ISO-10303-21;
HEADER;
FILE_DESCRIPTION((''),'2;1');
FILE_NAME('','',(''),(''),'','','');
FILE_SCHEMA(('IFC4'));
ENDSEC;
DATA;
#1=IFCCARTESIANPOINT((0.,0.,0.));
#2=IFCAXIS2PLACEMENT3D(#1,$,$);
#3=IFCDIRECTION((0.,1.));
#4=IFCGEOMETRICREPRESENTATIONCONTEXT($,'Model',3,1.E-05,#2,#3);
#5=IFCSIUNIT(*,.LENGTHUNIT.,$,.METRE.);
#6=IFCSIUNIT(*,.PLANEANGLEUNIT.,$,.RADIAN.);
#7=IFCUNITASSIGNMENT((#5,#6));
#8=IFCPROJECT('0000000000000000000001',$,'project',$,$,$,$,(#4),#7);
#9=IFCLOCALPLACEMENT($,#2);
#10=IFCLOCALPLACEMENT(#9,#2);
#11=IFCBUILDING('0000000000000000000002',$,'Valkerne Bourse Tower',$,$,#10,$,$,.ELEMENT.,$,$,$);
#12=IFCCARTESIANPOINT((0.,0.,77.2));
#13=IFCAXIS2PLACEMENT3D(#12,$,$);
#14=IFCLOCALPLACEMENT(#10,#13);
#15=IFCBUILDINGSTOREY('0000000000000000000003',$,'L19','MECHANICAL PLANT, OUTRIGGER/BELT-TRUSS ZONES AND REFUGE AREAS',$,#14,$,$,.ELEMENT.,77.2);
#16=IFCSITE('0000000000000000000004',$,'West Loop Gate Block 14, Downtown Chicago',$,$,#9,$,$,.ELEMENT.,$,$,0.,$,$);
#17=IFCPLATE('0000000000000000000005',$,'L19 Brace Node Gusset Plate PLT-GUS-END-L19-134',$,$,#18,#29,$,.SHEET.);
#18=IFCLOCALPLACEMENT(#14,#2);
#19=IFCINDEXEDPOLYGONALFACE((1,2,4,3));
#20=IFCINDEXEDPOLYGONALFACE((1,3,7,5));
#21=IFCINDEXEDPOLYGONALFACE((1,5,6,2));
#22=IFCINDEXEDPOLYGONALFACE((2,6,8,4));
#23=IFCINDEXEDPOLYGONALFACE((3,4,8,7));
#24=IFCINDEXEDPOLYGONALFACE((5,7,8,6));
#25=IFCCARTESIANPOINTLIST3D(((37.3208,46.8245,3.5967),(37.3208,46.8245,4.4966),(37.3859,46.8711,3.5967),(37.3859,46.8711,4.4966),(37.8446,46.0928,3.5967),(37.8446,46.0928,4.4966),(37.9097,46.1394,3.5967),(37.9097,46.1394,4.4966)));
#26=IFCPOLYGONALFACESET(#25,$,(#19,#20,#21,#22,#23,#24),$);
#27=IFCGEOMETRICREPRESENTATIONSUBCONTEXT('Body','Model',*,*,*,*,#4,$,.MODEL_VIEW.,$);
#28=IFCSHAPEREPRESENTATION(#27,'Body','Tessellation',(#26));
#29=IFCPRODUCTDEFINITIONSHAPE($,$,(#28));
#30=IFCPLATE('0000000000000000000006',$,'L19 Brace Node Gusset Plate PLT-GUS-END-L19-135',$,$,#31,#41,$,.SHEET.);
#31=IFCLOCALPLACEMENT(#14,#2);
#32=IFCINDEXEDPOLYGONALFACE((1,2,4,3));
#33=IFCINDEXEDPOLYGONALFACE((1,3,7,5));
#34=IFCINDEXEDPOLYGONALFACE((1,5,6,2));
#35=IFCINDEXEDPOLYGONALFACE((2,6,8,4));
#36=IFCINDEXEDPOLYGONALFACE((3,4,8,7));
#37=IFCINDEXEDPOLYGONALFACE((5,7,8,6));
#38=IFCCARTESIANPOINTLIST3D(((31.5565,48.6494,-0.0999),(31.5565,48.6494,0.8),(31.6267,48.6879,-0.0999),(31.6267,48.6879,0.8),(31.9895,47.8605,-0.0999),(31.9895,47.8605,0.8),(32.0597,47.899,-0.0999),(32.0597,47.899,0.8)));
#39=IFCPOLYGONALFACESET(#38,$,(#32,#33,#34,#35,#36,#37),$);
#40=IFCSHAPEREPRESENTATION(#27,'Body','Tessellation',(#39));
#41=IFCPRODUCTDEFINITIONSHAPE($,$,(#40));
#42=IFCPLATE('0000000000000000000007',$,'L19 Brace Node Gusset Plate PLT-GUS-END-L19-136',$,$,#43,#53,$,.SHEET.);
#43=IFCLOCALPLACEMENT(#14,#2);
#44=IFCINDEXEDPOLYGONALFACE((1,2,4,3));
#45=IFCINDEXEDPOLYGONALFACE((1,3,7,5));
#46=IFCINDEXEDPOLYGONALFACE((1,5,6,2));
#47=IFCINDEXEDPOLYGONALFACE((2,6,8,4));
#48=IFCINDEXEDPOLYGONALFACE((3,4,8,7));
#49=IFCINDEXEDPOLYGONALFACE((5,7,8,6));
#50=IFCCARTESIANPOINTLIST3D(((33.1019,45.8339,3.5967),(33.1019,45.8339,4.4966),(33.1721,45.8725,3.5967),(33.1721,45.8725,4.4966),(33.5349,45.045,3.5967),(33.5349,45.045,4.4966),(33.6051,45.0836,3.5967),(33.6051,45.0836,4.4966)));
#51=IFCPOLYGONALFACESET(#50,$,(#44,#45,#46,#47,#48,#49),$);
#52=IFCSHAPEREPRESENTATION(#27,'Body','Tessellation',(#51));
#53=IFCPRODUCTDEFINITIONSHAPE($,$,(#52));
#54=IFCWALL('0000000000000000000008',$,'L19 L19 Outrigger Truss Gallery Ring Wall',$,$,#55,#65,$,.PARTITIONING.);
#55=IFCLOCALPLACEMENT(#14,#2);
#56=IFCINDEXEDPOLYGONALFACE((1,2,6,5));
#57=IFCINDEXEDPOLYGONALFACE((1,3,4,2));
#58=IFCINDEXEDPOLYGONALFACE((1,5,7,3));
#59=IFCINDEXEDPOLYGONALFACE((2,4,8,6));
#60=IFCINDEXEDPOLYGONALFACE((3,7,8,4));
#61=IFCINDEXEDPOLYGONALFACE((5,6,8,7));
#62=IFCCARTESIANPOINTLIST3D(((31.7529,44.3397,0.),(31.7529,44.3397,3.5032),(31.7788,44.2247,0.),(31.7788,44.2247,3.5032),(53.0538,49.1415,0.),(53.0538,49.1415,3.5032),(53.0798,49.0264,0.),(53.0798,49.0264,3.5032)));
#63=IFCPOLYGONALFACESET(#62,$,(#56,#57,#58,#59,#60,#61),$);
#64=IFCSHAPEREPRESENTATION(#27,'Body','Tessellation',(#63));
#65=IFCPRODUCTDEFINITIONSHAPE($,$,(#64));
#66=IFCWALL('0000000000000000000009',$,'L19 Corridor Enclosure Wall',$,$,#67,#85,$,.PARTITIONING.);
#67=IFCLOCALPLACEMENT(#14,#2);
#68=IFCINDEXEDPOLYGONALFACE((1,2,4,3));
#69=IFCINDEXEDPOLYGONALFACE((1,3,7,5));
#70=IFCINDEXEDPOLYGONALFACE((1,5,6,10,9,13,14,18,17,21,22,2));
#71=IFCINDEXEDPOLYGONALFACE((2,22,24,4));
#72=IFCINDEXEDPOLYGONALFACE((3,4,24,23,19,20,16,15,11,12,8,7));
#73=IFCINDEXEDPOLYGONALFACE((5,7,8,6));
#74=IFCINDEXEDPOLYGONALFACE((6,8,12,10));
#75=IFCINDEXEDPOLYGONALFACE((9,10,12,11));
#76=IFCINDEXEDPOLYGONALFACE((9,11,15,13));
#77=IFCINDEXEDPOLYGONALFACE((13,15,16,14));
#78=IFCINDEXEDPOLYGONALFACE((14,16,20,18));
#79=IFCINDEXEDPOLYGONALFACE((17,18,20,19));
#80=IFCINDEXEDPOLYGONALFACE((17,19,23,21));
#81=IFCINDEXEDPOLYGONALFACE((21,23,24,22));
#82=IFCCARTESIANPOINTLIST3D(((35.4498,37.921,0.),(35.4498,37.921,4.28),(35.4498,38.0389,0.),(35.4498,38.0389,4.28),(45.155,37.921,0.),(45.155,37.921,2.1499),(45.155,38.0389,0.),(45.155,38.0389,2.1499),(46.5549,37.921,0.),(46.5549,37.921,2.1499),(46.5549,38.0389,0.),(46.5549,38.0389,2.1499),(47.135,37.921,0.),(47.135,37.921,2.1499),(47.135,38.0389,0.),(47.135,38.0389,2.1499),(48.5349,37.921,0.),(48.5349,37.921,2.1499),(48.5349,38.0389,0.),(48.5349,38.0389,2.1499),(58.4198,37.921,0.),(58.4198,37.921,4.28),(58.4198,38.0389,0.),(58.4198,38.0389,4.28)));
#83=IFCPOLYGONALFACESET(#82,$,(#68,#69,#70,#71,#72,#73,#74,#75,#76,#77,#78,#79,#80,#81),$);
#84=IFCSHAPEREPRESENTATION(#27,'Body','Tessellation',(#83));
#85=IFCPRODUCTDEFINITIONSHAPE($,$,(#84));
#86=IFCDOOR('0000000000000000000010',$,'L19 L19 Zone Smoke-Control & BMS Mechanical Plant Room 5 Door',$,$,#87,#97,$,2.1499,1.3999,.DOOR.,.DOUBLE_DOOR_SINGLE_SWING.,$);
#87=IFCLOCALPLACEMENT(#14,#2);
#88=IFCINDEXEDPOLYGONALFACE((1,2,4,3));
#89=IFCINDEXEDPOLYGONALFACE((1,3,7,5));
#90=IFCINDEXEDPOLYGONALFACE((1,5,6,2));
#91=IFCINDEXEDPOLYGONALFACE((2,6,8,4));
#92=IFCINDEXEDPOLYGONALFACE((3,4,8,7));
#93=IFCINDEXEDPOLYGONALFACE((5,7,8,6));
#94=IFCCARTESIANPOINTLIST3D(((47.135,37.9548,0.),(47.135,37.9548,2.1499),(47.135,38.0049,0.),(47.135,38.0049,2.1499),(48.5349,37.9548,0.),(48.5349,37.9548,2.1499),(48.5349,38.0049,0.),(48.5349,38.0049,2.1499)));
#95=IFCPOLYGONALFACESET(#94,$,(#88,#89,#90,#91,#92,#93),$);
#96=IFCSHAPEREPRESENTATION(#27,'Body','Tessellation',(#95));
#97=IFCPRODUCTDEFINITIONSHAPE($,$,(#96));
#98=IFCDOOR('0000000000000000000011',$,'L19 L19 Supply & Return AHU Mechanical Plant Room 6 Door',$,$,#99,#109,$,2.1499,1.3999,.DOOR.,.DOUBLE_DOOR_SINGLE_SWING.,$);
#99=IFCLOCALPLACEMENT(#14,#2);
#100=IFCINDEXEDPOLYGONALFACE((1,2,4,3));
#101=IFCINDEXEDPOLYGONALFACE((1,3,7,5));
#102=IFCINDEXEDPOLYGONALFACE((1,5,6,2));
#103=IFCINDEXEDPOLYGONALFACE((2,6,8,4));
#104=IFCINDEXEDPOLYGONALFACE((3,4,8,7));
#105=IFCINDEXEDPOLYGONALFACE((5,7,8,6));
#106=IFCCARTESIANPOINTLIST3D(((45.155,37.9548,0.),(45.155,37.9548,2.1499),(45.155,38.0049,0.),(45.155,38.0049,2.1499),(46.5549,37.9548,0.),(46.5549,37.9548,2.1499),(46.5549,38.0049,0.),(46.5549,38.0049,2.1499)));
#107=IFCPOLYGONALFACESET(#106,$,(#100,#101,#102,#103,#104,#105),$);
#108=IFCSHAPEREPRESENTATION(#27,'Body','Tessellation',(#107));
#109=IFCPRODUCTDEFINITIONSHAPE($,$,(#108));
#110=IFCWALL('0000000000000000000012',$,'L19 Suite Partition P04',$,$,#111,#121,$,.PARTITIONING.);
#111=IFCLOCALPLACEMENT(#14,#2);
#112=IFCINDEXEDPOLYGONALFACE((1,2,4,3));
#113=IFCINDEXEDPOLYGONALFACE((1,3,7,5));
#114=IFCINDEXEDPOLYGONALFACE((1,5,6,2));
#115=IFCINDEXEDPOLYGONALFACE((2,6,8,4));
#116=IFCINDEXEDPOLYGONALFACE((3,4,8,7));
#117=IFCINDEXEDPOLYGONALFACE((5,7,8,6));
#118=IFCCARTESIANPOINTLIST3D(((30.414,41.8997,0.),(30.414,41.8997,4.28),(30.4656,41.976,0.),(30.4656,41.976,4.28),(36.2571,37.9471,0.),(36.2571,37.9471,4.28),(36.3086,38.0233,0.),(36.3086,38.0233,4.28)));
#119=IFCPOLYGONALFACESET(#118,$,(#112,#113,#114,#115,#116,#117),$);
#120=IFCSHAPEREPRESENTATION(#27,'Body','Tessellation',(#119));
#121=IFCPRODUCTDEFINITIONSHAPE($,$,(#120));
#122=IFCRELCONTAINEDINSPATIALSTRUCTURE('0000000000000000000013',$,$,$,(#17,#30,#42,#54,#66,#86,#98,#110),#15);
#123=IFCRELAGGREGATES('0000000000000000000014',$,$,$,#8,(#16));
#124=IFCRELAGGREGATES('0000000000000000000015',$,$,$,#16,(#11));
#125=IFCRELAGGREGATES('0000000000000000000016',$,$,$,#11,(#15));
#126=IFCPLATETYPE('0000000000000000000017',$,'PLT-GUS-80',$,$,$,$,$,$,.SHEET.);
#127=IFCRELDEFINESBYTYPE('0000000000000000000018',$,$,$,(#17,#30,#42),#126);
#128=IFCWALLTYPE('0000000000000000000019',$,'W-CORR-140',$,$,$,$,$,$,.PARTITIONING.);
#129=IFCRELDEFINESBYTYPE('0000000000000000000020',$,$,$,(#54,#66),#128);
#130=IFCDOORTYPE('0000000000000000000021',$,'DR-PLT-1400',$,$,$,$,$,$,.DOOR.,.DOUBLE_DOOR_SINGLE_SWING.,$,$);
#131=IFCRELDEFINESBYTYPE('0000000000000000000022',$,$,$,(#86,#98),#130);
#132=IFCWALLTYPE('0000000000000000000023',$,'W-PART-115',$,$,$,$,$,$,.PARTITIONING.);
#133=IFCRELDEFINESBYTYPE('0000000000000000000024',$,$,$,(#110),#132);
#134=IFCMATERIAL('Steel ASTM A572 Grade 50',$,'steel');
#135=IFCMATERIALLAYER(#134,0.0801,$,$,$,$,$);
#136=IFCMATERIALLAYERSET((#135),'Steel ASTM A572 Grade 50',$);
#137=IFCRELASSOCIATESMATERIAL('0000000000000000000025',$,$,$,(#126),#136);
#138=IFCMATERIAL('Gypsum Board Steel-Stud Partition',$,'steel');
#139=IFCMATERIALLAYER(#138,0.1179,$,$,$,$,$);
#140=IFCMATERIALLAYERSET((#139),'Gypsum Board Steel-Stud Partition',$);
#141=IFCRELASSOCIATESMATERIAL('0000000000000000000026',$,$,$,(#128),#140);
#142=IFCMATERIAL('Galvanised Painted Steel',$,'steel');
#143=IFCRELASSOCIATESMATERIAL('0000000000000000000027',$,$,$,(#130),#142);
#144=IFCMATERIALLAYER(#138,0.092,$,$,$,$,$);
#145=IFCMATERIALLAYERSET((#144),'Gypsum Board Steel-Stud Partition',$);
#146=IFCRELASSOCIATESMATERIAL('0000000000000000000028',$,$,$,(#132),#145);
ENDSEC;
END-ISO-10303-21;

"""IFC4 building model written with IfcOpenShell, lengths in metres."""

from ifc_helpers import new_model, si_unit, direction, frame, frame_2d, origin, origin_2d, place, context, subcontext, project, spatial, rectangle, extrude, material, layer, layer_set, type_object, element, fill, save


model = new_model("IFC4")

# Units and contexts
model_context = context("Model", 3, precision=1e-05, world=origin(), true_north=direction((0.0, 1.0)))
body_context = subcontext(model_context, "Body", "Model", "MODEL_VIEW")
ifc_project = project(units=[si_unit("LENGTHUNIT", "METRE"), si_unit("PLANEANGLEUNIT", "RADIAN")], contexts=[model_context])

# Site, building, storey
site_placement = place(None, origin())
site = spatial("IfcSite", under=ifc_project, at=site_placement, Name="West Loop Gate Block 14, Downtown Chicago", CompositionType="ELEMENT", RefElevation=0.0)
building_placement = place(site_placement, origin())
building = spatial("IfcBuilding", under=site, at=building_placement, Name="Valkerne Bourse Tower", CompositionType="ELEMENT")
storey_placement = place(building_placement, frame((0.0, 0.0, 77.2)))
storey = spatial("IfcBuildingStorey", under=building, at=storey_placement, Name="L19", Description="MECHANICAL PLANT, OUTRIGGER/BELT-TRUSS ZONES AND REFUGE AREAS", CompositionType="ELEMENT", Elevation=77.2)

# Plates
ifc_material_1 = material(Name="Steel ASTM A572 Grade 50", Category="steel")
ifc_layer_1 = layer(ifc_material_1, 0.0801)
ifc_layer_set_1 = layer_set([ifc_layer_1], Name="Steel ASTM A572 Grade 50")
plate_type_1 = type_object("IfcPlateType", Name="PLT-GUS-80", PredefinedType="SHEET", material=ifc_layer_set_1)
for number, where, z_axis, x_axis, name in (
    (1, (37.6152, 46.4819, 3.5967), (0.0, 0.0, 1.0), (0.582123, -0.813101, 0.0), "L19 Brace Node Gusset Plate PLT-GUS-END-L19-134"),
    (2, (31.8081, 48.2742, -0.0999), (0.0, 0.0, 1.0), (0.481142, -0.876643, 0.0), "L19 Brace Node Gusset Plate PLT-GUS-END-L19-135"),
    (3, (33.3535, 45.4587, 3.5967), (0.0, 0.0, 1.0), (0.481142, -0.876643, 0.0), "L19 Brace Node Gusset Plate PLT-GUS-END-L19-136"),
):
    element("IfcPlate", number, at=place(storey_placement, frame(where, z_axis=z_axis, x_axis=x_axis)), inside=storey, type_object=plate_type_1, Name=name, PredefinedType="SHEET", context=body_context, shape_type="SweptSolid", body=[
        extrude(rectangle(XDim=0.8999, YDim=0.0801, at=origin_2d()), origin(), (0.0, 0.0, 1.0), 0.8999),
    ])

# Wall
ifc_material_2 = material(Name="Gypsum Board Steel-Stud Partition", Category="steel")
ifc_layer_2 = layer(ifc_material_2, 0.1179)
ifc_layer_set_2 = layer_set([ifc_layer_2], Name="Gypsum Board Steel-Stud Partition")
wall_type_1 = type_object("IfcWallType", Name="W-CORR-140", PredefinedType="PARTITIONING", material=ifc_layer_set_2)
wall_1_placement = place(storey_placement, frame((31.7659, 44.2822, 0.0), z_axis=(0.0, 0.0, 1.0), x_axis=(0.975521, 0.219906, 0.0)))
element("IfcWall", 4, at=wall_1_placement, inside=storey, type_object=wall_type_1, Name="L19 L19 Outrigger Truss Gallery Ring Wall", PredefinedType="PARTITIONING", context=body_context, shape_type="SweptSolid", body=[
    extrude(rectangle(XDim=21.8354, YDim=0.1179, at=frame_2d((10.9177, 0.0))), origin(), (0.0, 0.0, 1.0), 3.5032),
])

# Wall, openings, doors
wall_2_placement = place(storey_placement, frame((35.45, 37.98, 0.0), z_axis=(0.0, 0.0, 1.0), x_axis=(1.0, 0.0, 0.0)))
wall_2 = element("IfcWall", 5, at=wall_2_placement, inside=storey, type_object=wall_type_1, Name="L19 Corridor Enclosure Wall", PredefinedType="PARTITIONING", context=body_context, shape_type="SweptSolid", body=[
    extrude(rectangle(XDim=22.97, YDim=0.1179, at=frame_2d((11.4849, 0.0))), origin(), (0.0, 0.0, 1.0), 4.28),
])
opening_1_placement = place(wall_2_placement, frame((11.6851, 0.0, 0.0)))
opening_1 = element("IfcOpeningElement", 6, at=opening_1_placement, cuts=wall_2, PredefinedType="OPENING", context=body_context, shape_type="SweptSolid", body=[
    extrude(rectangle(XDim=1.3999, YDim=2.1499, at=frame_2d((0.7, 1.075))), frame((0.0, 0.0688, 0.0), z_axis=(0.0, -1.0, 0.0), x_axis=(1.0, 0.0, 0.0)), (0.0, 0.0, 1.0), 0.1379),
])
opening_2_placement = place(wall_2_placement, frame((9.7051, 0.0, 0.0)))
opening_2 = element("IfcOpeningElement", 7, at=opening_2_placement, cuts=wall_2, PredefinedType="OPENING", context=body_context, shape_type="SweptSolid", body=[
    extrude(rectangle(XDim=1.3999, YDim=2.1499, at=frame_2d((0.7, 1.075))), frame((0.0, 0.0688, 0.0), z_axis=(0.0, -1.0, 0.0), x_axis=(1.0, 0.0, 0.0)), (0.0, 0.0, 1.0), 0.1379),
])
ifc_material_3 = material(Name="Galvanised Painted Steel", Category="steel")
door_type = type_object("IfcDoorType", Name="DR-PLT-1400", OperationType="DOUBLE_DOOR_SINGLE_SWING", PredefinedType="DOOR", material=ifc_material_3)
door_1_placement = place(opening_1_placement, origin())
door_1 = element("IfcDoor", 8, at=door_1_placement, inside=storey, type_object=door_type, Name="L19 L19 Zone Smoke-Control & BMS Mechanical Plant Room 5 Door", OperationType="DOUBLE_DOOR_SINGLE_SWING", OverallHeight=2.1499, OverallWidth=1.3999, PredefinedType="DOOR", context=body_context, shape_type="SweptSolid", body=[
    extrude(rectangle(XDim=1.3999, YDim=2.1499, at=frame_2d((0.7, 1.075))), frame((0.0, 0.0249, 0.0), z_axis=(0.0, -1.0, 0.0), x_axis=(1.0, 0.0, 0.0)), (0.0, 0.0, 1.0), 0.05),
])
fill(opening_1, door_1)
door_2_placement = place(opening_2_placement, origin())
door_2 = element("IfcDoor", 9, at=door_2_placement, inside=storey, type_object=door_type, Name="L19 L19 Supply & Return AHU Mechanical Plant Room 6 Door", OperationType="DOUBLE_DOOR_SINGLE_SWING", OverallHeight=2.1499, OverallWidth=1.3999, PredefinedType="DOOR", context=body_context, shape_type="SweptSolid", body=[
    extrude(rectangle(XDim=1.3999, YDim=2.1499, at=frame_2d((0.7, 1.075))), frame((0.0, 0.0249, 0.0), z_axis=(0.0, -1.0, 0.0), x_axis=(1.0, 0.0, 0.0)), (0.0, 0.0, 1.0), 0.05),
])
fill(opening_2, door_2)

# Wall
ifc_layer_3 = layer(ifc_material_2, 0.092)
ifc_layer_set_3 = layer_set([ifc_layer_3], Name="Gypsum Board Steel-Stud Partition")
wall_type_2 = type_object("IfcWallType", Name="W-PART-115", PredefinedType="PARTITIONING", material=ifc_layer_set_3)
wall_3_placement = place(storey_placement, frame((36.283, 37.9851, 0.0), z_axis=(0.0, 0.0, 1.0), x_axis=(-0.828283, 0.56031, 0.0)))
element("IfcWall", 10, at=wall_3_placement, inside=storey, type_object=wall_type_2, Name="L19 Suite Partition P04", PredefinedType="PARTITIONING", context=body_context, shape_type="SweptSolid", body=[
    extrude(rectangle(XDim=7.0544, YDim=0.092, at=frame_2d((3.5273, 0.0))), origin(), (0.0, 0.0, 1.0), 4.28),
])

save(model, "model.ifc")
